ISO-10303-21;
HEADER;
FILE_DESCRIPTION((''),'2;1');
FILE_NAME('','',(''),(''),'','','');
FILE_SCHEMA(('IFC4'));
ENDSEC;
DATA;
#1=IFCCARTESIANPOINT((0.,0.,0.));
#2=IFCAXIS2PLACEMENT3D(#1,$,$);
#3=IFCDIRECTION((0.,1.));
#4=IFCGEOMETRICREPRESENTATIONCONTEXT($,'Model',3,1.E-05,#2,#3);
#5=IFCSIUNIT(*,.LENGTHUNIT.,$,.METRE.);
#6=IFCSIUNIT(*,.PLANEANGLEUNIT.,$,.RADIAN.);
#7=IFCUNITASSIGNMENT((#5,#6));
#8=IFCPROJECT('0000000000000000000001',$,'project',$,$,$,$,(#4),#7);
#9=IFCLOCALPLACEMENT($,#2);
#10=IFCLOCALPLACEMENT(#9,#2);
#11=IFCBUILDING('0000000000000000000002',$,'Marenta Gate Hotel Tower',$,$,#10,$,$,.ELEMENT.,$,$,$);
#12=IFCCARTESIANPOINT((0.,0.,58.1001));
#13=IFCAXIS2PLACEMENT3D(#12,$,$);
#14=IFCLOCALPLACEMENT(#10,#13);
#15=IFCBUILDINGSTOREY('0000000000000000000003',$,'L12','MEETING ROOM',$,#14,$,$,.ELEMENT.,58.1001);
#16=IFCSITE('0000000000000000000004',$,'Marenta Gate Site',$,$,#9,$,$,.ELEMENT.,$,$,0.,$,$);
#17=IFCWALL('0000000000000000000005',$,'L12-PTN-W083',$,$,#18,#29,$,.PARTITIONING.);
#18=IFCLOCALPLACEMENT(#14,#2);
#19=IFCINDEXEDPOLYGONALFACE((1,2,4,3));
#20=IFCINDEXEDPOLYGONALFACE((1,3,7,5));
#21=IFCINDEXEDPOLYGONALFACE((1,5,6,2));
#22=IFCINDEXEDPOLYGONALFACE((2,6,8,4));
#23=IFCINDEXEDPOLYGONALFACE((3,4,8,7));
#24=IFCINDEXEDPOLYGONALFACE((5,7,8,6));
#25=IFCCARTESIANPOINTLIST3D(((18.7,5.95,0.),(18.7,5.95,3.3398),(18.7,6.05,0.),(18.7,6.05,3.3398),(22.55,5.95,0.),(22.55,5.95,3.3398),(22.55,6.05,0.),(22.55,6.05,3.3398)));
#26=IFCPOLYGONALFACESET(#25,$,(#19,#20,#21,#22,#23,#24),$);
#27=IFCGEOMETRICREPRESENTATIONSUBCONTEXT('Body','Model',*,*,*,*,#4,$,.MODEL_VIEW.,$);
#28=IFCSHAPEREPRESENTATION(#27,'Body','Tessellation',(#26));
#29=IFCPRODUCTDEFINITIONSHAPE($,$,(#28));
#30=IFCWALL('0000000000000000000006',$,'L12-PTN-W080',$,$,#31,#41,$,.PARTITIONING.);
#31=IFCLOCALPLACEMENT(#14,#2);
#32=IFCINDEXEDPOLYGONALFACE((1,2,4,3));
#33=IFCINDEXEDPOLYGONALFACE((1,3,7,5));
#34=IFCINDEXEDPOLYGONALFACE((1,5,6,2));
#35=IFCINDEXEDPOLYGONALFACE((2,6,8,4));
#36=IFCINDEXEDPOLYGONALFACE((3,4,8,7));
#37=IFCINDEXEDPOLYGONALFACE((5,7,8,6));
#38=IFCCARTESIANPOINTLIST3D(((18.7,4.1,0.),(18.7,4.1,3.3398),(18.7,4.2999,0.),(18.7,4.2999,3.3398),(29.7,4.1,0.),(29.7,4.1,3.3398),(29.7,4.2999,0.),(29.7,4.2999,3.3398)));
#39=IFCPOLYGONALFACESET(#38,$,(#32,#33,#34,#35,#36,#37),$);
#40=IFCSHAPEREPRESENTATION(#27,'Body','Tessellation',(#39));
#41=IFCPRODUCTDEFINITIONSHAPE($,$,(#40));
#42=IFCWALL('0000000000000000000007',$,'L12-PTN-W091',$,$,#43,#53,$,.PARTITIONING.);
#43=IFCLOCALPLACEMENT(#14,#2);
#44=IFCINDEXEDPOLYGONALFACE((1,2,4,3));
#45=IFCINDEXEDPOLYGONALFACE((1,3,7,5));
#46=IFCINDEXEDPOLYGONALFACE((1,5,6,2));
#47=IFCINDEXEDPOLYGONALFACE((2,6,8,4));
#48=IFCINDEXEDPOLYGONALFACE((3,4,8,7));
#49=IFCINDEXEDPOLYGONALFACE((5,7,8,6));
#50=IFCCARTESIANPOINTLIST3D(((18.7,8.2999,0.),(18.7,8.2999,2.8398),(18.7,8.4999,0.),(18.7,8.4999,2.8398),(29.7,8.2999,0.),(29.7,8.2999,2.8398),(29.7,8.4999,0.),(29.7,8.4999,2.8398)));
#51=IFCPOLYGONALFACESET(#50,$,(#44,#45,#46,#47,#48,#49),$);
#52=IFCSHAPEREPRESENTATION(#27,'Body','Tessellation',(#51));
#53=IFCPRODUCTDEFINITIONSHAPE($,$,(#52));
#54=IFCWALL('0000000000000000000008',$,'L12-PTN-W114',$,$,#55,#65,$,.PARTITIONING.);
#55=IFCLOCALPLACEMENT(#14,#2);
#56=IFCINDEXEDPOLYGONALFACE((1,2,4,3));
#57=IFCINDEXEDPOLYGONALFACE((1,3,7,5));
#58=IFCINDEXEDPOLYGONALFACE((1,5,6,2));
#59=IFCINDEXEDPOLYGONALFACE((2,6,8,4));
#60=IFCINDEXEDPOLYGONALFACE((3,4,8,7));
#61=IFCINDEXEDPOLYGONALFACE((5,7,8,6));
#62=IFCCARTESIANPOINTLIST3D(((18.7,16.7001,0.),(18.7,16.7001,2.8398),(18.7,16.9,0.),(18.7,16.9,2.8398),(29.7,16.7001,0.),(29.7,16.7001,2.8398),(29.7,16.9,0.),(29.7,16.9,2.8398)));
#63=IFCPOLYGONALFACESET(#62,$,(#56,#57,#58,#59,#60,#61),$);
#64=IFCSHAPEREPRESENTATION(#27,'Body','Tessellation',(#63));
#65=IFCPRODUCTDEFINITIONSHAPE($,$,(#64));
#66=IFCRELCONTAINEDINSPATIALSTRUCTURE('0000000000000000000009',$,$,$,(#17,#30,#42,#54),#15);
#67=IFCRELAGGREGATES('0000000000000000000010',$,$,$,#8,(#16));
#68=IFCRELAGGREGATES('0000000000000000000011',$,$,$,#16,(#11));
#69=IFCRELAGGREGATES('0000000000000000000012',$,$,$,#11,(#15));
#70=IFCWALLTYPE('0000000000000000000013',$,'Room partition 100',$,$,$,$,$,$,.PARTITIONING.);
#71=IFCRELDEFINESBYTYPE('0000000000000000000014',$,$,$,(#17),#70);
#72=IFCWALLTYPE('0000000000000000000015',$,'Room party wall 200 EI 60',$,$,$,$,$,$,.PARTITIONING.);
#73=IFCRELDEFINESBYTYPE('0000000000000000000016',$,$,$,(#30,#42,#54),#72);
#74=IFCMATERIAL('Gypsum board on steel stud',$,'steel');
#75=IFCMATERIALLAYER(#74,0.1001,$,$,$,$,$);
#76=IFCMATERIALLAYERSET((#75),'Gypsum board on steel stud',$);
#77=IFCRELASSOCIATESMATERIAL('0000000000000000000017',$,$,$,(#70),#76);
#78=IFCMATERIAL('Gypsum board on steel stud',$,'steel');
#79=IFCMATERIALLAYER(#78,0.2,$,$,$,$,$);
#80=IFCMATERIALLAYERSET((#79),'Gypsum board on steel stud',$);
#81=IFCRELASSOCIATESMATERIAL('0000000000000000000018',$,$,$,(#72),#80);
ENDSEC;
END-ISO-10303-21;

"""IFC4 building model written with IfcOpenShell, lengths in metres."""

from ifc_helpers import new_model, si_unit, direction, frame, frame_2d, origin, place, context, subcontext, project, spatial, rectangle, extrude, material, layer, layer_set, type_object, element, save


model = new_model("IFC4")

# Units and contexts
model_context = context("Model", 3, precision=1e-05, world=origin(), true_north=direction((0.0, 1.0)))
body_context = subcontext(model_context, "Body", "Model", "MODEL_VIEW")
ifc_project = project(units=[si_unit("LENGTHUNIT", "METRE"), si_unit("PLANEANGLEUNIT", "RADIAN")], contexts=[model_context])

# Site, building, storey
site_placement = place(None, origin())
site = spatial("IfcSite", under=ifc_project, at=site_placement, Name="Marenta Gate Site", CompositionType="ELEMENT", RefElevation=0.0)
building_placement = place(site_placement, origin())
building = spatial("IfcBuilding", under=site, at=building_placement, Name="Marenta Gate Hotel Tower", CompositionType="ELEMENT")
storey_placement = place(building_placement, frame((0.0, 0.0, 58.1001)))
storey = spatial("IfcBuildingStorey", under=building, at=storey_placement, Name="L12", Description="MEETING ROOM", CompositionType="ELEMENT", Elevation=58.1001)

# Shared definitions
ifc_material_1 = material(Name="Gypsum board on steel stud", Category="steel")
ifc_layer_1 = layer(ifc_material_1, 0.1001)
ifc_layer_set_1 = layer_set([ifc_layer_1], Name="Gypsum board on steel stud")
wall_type_1 = type_object("IfcWallType", Name="Room partition 100", PredefinedType="PARTITIONING", material=ifc_layer_set_1)

# Walls
wall_1_placement = place(storey_placement, frame((18.7, 6.0, 0.0), z_axis=(0.0, 0.0, 1.0), x_axis=(1.0, 0.0, 0.0)))
element("IfcWall", 1, at=wall_1_placement, inside=storey, type_object=wall_type_1, Name="L12-PTN-W083", PredefinedType="PARTITIONING", context=body_context, shape_type="SweptSolid", body=[
    extrude(rectangle(XDim=3.8501, YDim=0.1001, at=frame_2d((1.925, 0.0))), origin(), (0.0, 0.0, 1.0), 3.3398),
])
ifc_material_2 = material(Name="Gypsum board on steel stud", Category="steel")
ifc_layer_2 = layer(ifc_material_2, 0.2)
ifc_layer_set_2 = layer_set([ifc_layer_2], Name="Gypsum board on steel stud")
wall_type_2 = type_object("IfcWallType", Name="Room party wall 200 EI 60", PredefinedType="PARTITIONING", material=ifc_layer_set_2)
wall_2_placement = place(storey_placement, frame((18.7, 4.2, 0.0), z_axis=(0.0, 0.0, 1.0), x_axis=(1.0, 0.0, 0.0)))
element("IfcWall", 2, at=wall_2_placement, inside=storey, type_object=wall_type_2, Name="L12-PTN-W080", PredefinedType="PARTITIONING", context=body_context, shape_type="SweptSolid", body=[
    extrude(rectangle(XDim=11.0, YDim=0.2, at=frame_2d((5.5, 0.0))), origin(), (0.0, 0.0, 1.0), 3.3398),
])
for number, where, z_axis, x_axis, name in (
    (3, (18.7, 8.3999, 0.0), (0.0, 0.0, 1.0), (1.0, 0.0, 0.0), "L12-PTN-W091"),
    (4, (18.7, 16.8, 0.0), (0.0, 0.0, 1.0), (1.0, 0.0, 0.0), "L12-PTN-W114"),
):
    element("IfcWall", number, at=place(storey_placement, frame(where, z_axis=z_axis, x_axis=x_axis)), inside=storey, type_object=wall_type_2, Name=name, PredefinedType="PARTITIONING", context=body_context, shape_type="SweptSolid", body=[
        extrude(rectangle(XDim=11.0, YDim=0.2, at=frame_2d((5.5, 0.0))), origin(), (0.0, 0.0, 1.0), 2.8398),
    ])

save(model, "model.ifc")
